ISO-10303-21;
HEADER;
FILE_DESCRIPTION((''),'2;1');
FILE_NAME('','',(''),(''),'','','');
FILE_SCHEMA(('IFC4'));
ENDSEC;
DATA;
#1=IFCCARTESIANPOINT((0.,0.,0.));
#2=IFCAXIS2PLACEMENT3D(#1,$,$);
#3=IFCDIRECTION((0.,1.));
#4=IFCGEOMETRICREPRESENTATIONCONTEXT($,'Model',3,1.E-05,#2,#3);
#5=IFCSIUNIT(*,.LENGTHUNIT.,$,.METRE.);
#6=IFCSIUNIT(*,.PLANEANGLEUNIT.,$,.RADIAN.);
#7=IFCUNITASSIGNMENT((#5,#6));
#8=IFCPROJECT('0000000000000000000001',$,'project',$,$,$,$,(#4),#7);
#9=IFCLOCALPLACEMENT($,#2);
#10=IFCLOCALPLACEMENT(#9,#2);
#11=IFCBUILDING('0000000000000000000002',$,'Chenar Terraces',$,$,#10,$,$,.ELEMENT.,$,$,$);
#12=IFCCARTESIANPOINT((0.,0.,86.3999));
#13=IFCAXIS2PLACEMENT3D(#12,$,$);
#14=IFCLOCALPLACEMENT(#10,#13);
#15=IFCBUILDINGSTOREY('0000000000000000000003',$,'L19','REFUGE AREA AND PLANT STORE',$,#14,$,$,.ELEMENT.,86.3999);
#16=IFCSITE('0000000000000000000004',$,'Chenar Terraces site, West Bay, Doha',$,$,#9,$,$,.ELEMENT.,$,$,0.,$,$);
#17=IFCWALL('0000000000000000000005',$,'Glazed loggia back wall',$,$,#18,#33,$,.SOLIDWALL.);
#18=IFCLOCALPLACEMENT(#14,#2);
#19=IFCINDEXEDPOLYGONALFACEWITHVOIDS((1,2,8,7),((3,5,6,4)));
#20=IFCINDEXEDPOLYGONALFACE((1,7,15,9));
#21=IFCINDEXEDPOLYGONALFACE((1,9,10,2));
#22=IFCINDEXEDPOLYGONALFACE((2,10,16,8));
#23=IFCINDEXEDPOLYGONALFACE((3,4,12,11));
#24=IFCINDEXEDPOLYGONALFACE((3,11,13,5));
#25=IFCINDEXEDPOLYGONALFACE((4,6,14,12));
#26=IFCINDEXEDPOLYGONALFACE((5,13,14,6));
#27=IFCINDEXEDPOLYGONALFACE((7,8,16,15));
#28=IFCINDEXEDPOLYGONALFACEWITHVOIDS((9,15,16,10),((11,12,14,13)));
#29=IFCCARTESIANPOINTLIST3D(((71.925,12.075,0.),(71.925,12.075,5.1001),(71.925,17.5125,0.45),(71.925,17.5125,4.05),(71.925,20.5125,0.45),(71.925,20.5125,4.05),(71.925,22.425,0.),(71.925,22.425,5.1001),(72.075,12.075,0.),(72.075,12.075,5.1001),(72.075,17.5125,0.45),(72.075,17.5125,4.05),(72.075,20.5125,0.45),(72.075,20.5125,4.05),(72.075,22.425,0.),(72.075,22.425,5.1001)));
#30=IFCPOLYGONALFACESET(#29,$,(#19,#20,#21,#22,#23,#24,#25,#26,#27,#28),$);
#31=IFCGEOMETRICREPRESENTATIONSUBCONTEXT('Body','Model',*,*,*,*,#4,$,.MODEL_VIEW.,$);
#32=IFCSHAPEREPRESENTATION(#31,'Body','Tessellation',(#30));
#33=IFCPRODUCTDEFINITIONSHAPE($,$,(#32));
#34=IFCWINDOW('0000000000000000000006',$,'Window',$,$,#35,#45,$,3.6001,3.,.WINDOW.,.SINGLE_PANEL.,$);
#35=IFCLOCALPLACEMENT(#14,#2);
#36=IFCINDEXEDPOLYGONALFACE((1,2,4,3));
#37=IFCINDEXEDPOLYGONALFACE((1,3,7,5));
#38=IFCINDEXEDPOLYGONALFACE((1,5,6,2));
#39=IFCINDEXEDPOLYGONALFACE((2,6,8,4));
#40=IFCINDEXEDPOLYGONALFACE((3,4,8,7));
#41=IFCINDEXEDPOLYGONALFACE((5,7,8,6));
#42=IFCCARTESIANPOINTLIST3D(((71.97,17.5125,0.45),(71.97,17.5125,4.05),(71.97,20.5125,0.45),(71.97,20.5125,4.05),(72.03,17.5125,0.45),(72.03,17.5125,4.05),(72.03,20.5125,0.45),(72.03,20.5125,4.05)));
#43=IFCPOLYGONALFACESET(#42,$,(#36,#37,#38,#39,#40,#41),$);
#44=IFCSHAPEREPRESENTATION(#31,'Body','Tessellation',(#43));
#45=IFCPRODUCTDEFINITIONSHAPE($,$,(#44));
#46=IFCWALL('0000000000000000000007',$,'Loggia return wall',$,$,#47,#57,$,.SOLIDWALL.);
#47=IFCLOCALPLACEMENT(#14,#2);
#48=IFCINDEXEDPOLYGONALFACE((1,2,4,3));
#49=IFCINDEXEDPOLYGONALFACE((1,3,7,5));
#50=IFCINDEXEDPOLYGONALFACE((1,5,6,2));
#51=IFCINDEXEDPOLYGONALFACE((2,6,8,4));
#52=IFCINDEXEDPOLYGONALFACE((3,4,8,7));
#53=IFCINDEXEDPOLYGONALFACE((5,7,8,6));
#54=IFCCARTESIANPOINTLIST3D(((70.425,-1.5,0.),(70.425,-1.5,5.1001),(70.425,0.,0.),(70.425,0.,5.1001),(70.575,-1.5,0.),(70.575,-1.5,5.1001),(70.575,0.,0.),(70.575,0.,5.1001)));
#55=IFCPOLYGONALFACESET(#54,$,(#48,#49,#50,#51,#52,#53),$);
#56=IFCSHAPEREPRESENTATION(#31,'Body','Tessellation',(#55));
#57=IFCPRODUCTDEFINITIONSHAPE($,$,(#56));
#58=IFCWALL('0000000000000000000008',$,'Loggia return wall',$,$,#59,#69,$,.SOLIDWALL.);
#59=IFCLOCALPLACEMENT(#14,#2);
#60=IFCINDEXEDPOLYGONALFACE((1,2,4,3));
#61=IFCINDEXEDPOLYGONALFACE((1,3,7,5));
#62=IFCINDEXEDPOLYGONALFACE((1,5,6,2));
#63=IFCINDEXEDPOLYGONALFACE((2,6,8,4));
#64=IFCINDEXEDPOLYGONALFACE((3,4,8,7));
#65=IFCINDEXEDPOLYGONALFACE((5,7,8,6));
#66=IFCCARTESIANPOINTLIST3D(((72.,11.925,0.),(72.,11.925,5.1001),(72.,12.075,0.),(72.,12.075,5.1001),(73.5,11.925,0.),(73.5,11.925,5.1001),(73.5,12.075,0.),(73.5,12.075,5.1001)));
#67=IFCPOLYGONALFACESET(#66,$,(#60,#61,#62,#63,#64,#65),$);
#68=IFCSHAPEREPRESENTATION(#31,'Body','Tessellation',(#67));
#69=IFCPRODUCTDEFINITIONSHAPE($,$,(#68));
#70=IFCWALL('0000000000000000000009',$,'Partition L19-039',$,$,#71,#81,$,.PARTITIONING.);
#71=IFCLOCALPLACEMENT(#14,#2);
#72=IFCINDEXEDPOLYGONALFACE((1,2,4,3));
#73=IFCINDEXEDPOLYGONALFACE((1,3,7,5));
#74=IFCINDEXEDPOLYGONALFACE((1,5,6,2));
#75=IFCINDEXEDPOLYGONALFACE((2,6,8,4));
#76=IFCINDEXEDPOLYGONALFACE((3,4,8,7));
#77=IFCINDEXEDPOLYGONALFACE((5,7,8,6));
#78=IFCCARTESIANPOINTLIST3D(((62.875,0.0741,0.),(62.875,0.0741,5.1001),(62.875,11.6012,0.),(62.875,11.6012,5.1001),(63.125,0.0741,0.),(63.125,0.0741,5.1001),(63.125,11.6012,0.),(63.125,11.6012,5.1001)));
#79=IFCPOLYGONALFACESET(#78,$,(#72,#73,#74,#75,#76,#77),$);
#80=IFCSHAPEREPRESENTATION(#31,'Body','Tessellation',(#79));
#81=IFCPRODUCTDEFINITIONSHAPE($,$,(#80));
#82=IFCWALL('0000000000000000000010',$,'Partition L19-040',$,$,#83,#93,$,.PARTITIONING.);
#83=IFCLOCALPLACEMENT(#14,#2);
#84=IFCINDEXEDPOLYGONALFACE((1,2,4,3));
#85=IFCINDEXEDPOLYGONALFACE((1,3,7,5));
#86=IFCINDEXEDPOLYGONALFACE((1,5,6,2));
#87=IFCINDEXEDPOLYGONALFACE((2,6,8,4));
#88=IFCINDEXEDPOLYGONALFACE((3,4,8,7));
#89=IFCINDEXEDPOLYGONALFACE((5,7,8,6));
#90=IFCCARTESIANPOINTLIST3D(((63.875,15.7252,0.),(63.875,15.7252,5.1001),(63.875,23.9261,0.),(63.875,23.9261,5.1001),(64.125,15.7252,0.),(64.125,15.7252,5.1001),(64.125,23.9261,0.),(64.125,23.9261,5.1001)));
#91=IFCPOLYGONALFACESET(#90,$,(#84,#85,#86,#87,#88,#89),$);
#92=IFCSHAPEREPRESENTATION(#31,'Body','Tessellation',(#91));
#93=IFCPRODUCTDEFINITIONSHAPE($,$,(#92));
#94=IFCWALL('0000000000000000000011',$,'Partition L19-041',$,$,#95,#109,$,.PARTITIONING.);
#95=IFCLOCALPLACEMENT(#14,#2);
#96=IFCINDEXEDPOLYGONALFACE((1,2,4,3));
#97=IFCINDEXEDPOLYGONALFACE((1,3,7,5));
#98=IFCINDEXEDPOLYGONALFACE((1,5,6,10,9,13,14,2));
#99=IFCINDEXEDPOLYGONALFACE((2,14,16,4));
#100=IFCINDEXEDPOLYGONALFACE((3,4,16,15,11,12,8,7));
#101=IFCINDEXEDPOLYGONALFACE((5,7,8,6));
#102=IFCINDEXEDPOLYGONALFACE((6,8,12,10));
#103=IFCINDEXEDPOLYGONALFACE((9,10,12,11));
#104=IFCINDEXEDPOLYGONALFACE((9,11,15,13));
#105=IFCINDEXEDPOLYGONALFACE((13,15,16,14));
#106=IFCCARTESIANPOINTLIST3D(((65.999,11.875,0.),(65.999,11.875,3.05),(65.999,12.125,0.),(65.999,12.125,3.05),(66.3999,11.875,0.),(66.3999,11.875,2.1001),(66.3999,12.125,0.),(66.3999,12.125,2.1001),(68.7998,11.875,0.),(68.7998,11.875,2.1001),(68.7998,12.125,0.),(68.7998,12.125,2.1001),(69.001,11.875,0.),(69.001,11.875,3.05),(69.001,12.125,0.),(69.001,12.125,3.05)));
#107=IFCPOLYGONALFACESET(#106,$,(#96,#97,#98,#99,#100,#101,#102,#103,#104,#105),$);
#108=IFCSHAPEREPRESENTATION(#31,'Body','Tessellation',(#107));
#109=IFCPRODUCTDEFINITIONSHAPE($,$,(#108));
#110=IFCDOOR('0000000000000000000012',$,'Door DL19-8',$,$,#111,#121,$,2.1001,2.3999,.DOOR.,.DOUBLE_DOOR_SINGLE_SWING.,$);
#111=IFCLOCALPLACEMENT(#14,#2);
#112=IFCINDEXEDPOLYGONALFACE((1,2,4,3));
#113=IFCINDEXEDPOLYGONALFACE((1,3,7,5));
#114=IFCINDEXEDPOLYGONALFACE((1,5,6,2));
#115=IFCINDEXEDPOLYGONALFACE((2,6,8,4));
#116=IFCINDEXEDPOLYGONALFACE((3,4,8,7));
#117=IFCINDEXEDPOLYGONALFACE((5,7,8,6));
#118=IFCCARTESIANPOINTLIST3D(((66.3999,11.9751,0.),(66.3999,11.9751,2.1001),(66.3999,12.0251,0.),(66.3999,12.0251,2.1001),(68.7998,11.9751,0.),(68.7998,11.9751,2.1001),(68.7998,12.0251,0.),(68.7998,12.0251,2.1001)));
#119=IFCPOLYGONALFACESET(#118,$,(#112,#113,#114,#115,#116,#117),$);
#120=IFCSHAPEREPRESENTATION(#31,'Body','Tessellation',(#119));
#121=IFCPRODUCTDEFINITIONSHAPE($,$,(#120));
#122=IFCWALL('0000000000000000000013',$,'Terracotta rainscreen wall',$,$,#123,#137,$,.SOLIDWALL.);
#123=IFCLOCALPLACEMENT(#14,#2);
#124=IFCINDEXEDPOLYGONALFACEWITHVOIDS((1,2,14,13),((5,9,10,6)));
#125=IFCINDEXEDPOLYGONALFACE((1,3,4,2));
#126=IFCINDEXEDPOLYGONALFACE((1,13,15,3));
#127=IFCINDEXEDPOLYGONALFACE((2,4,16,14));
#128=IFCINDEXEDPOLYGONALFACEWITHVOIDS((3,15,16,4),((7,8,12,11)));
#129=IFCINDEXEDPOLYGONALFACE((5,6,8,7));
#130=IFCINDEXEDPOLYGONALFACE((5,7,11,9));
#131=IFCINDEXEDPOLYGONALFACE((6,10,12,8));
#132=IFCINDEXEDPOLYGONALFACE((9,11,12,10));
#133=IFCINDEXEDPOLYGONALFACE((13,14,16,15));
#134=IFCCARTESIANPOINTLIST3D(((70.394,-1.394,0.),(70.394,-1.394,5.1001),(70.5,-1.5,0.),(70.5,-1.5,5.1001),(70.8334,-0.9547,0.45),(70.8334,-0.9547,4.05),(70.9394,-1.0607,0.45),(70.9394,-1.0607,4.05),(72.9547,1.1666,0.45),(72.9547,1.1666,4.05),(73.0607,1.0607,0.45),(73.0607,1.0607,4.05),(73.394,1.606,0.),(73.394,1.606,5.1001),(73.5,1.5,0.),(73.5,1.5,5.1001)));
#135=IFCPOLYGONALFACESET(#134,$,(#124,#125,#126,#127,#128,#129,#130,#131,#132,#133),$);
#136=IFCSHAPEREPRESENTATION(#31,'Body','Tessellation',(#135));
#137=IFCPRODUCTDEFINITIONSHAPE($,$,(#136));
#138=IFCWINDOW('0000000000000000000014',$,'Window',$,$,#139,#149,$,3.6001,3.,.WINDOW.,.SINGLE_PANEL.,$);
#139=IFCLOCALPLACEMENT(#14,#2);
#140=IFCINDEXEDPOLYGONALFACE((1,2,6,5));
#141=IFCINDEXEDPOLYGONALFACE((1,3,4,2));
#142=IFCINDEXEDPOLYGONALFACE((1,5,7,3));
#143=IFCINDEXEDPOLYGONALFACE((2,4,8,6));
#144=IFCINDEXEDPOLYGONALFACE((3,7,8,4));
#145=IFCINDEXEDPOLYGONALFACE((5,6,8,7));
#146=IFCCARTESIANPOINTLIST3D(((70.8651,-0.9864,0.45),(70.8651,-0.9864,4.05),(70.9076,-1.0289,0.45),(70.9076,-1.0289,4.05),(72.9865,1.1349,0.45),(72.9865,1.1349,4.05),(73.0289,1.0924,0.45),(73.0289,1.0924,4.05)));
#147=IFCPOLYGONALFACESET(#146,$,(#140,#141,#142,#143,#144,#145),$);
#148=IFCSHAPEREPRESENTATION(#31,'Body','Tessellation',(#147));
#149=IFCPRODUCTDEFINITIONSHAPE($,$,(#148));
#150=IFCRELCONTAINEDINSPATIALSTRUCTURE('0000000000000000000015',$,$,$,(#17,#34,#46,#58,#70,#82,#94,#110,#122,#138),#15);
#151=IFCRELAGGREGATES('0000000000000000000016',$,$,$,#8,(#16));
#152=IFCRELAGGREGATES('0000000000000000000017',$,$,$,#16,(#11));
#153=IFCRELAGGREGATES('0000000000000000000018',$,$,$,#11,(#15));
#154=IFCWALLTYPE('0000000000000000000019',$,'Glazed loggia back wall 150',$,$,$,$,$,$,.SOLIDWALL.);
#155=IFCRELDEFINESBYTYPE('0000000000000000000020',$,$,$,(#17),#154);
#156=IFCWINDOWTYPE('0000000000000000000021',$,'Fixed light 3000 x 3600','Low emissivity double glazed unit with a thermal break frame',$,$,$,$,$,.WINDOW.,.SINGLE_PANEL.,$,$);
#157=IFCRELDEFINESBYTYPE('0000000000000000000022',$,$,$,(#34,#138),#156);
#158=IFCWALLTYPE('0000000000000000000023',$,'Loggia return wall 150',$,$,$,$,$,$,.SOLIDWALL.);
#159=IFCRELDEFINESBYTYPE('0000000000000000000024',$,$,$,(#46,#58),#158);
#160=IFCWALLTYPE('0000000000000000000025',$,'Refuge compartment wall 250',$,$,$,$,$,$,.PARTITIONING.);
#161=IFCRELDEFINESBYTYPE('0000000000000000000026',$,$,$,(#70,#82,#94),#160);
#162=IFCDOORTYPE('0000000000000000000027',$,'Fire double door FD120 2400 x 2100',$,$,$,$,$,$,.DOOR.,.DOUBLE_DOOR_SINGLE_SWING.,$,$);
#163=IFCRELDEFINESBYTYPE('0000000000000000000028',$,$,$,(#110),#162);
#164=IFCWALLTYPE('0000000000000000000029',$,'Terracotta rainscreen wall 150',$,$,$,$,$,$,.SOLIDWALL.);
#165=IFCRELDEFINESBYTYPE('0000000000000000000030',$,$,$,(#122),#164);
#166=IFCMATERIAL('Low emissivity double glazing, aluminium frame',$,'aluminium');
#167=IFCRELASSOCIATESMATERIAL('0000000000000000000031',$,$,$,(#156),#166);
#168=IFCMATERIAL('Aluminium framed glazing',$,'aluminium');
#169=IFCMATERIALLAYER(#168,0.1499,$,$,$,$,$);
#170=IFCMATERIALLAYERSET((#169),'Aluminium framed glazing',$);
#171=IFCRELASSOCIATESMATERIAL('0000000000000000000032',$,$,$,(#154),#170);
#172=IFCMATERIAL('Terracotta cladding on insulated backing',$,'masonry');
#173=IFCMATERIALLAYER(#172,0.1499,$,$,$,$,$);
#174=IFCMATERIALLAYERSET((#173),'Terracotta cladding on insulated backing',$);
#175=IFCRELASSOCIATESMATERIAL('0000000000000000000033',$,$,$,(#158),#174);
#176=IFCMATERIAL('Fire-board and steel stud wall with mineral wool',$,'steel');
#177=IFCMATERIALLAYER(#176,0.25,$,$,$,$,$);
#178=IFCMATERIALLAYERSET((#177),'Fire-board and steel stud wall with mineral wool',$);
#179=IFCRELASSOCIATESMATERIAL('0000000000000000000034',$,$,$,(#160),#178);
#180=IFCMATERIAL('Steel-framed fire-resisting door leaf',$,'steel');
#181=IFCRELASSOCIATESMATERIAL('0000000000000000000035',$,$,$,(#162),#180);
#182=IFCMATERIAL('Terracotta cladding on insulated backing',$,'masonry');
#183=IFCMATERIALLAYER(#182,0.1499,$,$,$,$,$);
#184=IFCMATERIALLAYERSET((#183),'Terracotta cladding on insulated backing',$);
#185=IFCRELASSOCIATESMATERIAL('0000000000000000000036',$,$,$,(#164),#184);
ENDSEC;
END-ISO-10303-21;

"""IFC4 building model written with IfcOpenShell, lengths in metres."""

from ifc_helpers import new_model, si_unit, direction, frame, frame_2d, origin, place, context, subcontext, project, spatial, rectangle, extrude, material, layer, layer_set, type_object, element, fill, save


model = new_model("IFC4")

# Units and contexts
model_context = context("Model", 3, precision=1e-05, world=origin(), true_north=direction((0.0, 1.0)))
body_context = subcontext(model_context, "Body", "Model", "MODEL_VIEW")
ifc_project = project(units=[si_unit("LENGTHUNIT", "METRE"), si_unit("PLANEANGLEUNIT", "RADIAN")], contexts=[model_context])

# Site, building, storey
site_placement = place(None, origin())
site = spatial("IfcSite", under=ifc_project, at=site_placement, Name="Chenar Terraces site, West Bay, Doha", CompositionType="ELEMENT", RefElevation=0.0)
building_placement = place(site_placement, origin())
building = spatial("IfcBuilding", under=site, at=building_placement, Name="Chenar Terraces", CompositionType="ELEMENT")
storey_placement = place(building_placement, frame((0.0, 0.0, 86.3999)))
storey = spatial("IfcBuildingStorey", under=building, at=storey_placement, Name="L19", Description="REFUGE AREA AND PLANT STORE", CompositionType="ELEMENT", Elevation=86.3999)

# Shared definitions
ifc_material_1 = material(Name="Low emissivity double glazing, aluminium frame", Category="aluminium")
window_type_1 = type_object("IfcWindowType", Name="Fixed light 3000 x 3600", Description="Low emissivity double glazed unit with a thermal break frame", PartitioningType="SINGLE_PANEL", PredefinedType="WINDOW", material=ifc_material_1)

# Shared definitions
ifc_material_2 = material(Name="Aluminium framed glazing", Category="aluminium")
ifc_layer_1 = layer(ifc_material_2, 0.1499)
ifc_layer_set_1 = layer_set([ifc_layer_1], Name="Aluminium framed glazing")
wall_type_1 = type_object("IfcWallType", Name="Glazed loggia back wall 150", PredefinedType="SOLIDWALL", material=ifc_layer_set_1)

# Wall, opening, window
wall_1_placement = place(storey_placement, frame((72.0, 12.075, 0.0), z_axis=(0.0, 0.0, 1.0), x_axis=(0.0, 1.0, 0.0)))
wall_1 = element("IfcWall", 1, at=wall_1_placement, inside=storey, type_object=wall_type_1, Name="Glazed loggia back wall", PredefinedType="SOLIDWALL", context=body_context, shape_type="SweptSolid", body=[
    extrude(rectangle(XDim=10.3501, YDim=0.1499, at=frame_2d((5.175, 0.0))), origin(), (0.0, 0.0, 1.0), 5.1001),
])
opening_1_placement = place(wall_1_placement, frame((5.4375, 0.0, 0.45)))
opening_1 = element("IfcOpeningElement", 2, at=opening_1_placement, cuts=wall_1, PredefinedType="OPENING", context=body_context, shape_type="SweptSolid", body=[
    extrude(rectangle(XDim=3.0, YDim=3.6001, at=frame_2d((1.5, 1.8))), frame((0.0, 0.085, 0.0), z_axis=(0.0, -1.0, 0.0), x_axis=(1.0, 0.0, 0.0)), (0.0, 0.0, 1.0), 0.1699),
])
window_1_placement = place(opening_1_placement, origin())
window_1 = element("IfcWindow", 3, at=window_1_placement, inside=storey, type_object=window_type_1, Name="Window", OverallHeight=3.6001, OverallWidth=3.0, PartitioningType="SINGLE_PANEL", PredefinedType="WINDOW", context=body_context, shape_type="SweptSolid", body=[
    extrude(rectangle(XDim=3.0, YDim=3.6001, at=frame_2d((1.5, 1.8))), frame((0.0, 0.03, 0.0), z_axis=(0.0, -1.0, 0.0), x_axis=(1.0, 0.0, 0.0)), (0.0, 0.0, 1.0), 0.0601),
])
fill(opening_1, window_1)

# Walls
ifc_material_3 = material(Name="Terracotta cladding on insulated backing", Category="masonry")
ifc_layer_2 = layer(ifc_material_3, 0.1499)
ifc_layer_set_2 = layer_set([ifc_layer_2], Name="Terracotta cladding on insulated backing")
wall_type_2 = type_object("IfcWallType", Name="Loggia return wall 150", PredefinedType="SOLIDWALL", material=ifc_layer_set_2)
for number, where, z_axis, x_axis, name in (
    (4, (70.5, -1.5, 0.0), (0.0, 0.0, 1.0), (0.0, 1.0, 0.0), "Loggia return wall"),
    (5, (73.5, 12.0, 0.0), (0.0, 0.0, 1.0), (-1.0, 0.0, 0.0), "Loggia return wall"),
):
    element("IfcWall", number, at=place(storey_placement, frame(where, z_axis=z_axis, x_axis=x_axis)), inside=storey, type_object=wall_type_2, Name=name, PredefinedType="SOLIDWALL", context=body_context, shape_type="SweptSolid", body=[
        extrude(rectangle(XDim=1.5, YDim=0.1499, at=frame_2d((0.75, 0.0))), origin(), (0.0, 0.0, 1.0), 5.1001),
    ])
ifc_material_4 = material(Name="Fire-board and steel stud wall with mineral wool", Category="steel")
ifc_layer_3 = layer(ifc_material_4, 0.25)
ifc_layer_set_3 = layer_set([ifc_layer_3], Name="Fire-board and steel stud wall with mineral wool")
wall_type_3 = type_object("IfcWallType", Name="Refuge compartment wall 250", PredefinedType="PARTITIONING", material=ifc_layer_set_3)
wall_2_placement = place(storey_placement, frame((63.0, 0.074, 0.0), z_axis=(0.0, 0.0, 1.0), x_axis=(0.0, 1.0, 0.0)))
element("IfcWall", 6, at=wall_2_placement, inside=storey, type_object=wall_type_3, Name="Partition L19-039", PredefinedType="PARTITIONING", context=body_context, shape_type="SweptSolid", body=[
    extrude(rectangle(XDim=11.5271, YDim=0.25, at=frame_2d((5.7637, 0.0))), origin(), (0.0, 0.0, 1.0), 5.1001),
])
wall_3_placement = place(storey_placement, frame((64.0, 15.7251, 0.0), z_axis=(0.0, 0.0, 1.0), x_axis=(0.0, 1.0, 0.0)))
element("IfcWall", 7, at=wall_3_placement, inside=storey, type_object=wall_type_3, Name="Partition L19-040", PredefinedType="PARTITIONING", context=body_context, shape_type="SweptSolid", body=[
    extrude(rectangle(XDim=8.2009, YDim=0.25, at=frame_2d((4.1006, 0.0))), origin(), (0.0, 0.0, 1.0), 5.1001),
])

# Wall, opening, door
wall_4_placement = place(storey_placement, frame((65.999, 12.0, 0.0), z_axis=(0.0, 0.0, 1.0), x_axis=(1.0, 0.0, 0.0)))
wall_4 = element("IfcWall", 8, at=wall_4_placement, inside=storey, type_object=wall_type_3, Name="Partition L19-041", PredefinedType="PARTITIONING", context=body_context, shape_type="SweptSolid", body=[
    extrude(rectangle(XDim=3.002, YDim=0.25, at=frame_2d((1.501, 0.0))), origin(), (0.0, 0.0, 1.0), 3.05),
])
opening_2_placement = place(wall_4_placement, frame((0.4009, 0.0, 0.0)))
opening_2 = element("IfcOpeningElement", 9, at=opening_2_placement, cuts=wall_4, PredefinedType="OPENING", context=body_context, shape_type="SweptSolid", body=[
    extrude(rectangle(XDim=2.3999, YDim=2.1001, at=frame_2d((1.2, 1.05))), frame((0.0, 0.135, 0.0), z_axis=(0.0, -1.0, 0.0), x_axis=(1.0, 0.0, 0.0)), (0.0, 0.0, 1.0), 0.27),
])
ifc_material_5 = material(Name="Steel-framed fire-resisting door leaf", Category="steel")
door_type = type_object("IfcDoorType", Name="Fire double door FD120 2400 x 2100", OperationType="DOUBLE_DOOR_SINGLE_SWING", PredefinedType="DOOR", material=ifc_material_5)
door_placement = place(opening_2_placement, frame((2.3999, 0.0, 0.0), z_axis=(0.0, 0.0, 1.0), x_axis=(-1.0, 0.0, 0.0)))
door = element("IfcDoor", 10, at=door_placement, inside=storey, type_object=door_type, Name="Door DL19-8", OperationType="DOUBLE_DOOR_SINGLE_SWING", OverallHeight=2.1001, OverallWidth=2.3999, PredefinedType="DOOR", context=body_context, shape_type="SweptSolid", body=[
    extrude(rectangle(XDim=2.3999, YDim=2.1001, at=frame_2d((1.2, 1.05))), frame((0.0, 0.0249, 0.0), z_axis=(0.0, -1.0, 0.0), x_axis=(1.0, 0.0, 0.0)), (0.0, 0.0, 1.0), 0.05),
])
fill(opening_2, door)

# Wall, opening, window
ifc_material_6 = material(Name="Terracotta cladding on insulated backing", Category="masonry")
ifc_layer_4 = layer(ifc_material_6, 0.1499)
ifc_layer_set_4 = layer_set([ifc_layer_4], Name="Terracotta cladding on insulated backing")
wall_type_4 = type_object("IfcWallType", Name="Terracotta rainscreen wall 150", PredefinedType="SOLIDWALL", material=ifc_layer_set_4)
wall_5_placement = place(storey_placement, frame((70.447, -1.447, 0.0), z_axis=(0.0, 0.0, 1.0), x_axis=(0.707107, 0.707107, 0.0)))
wall_5 = element("IfcWall", 11, at=wall_5_placement, inside=storey, type_object=wall_type_4, Name="Terracotta rainscreen wall", PredefinedType="SOLIDWALL", context=body_context, shape_type="SweptSolid", body=[
    extrude(rectangle(XDim=4.2427, YDim=0.1499, at=frame_2d((2.1213, 0.0))), origin(), (0.0, 0.0, 1.0), 5.1001),
])
opening_3_placement = place(wall_5_placement, frame((0.6213, 0.0, 0.45)))
opening_3 = element("IfcOpeningElement", 12, at=opening_3_placement, cuts=wall_5, PredefinedType="OPENING", context=body_context, shape_type="SweptSolid", body=[
    extrude(rectangle(XDim=3.0, YDim=3.6001, at=frame_2d((1.5, 1.8))), frame((0.0, 0.085, 0.0), z_axis=(0.0, -1.0, 0.0), x_axis=(1.0, 0.0, 0.0)), (0.0, 0.0, 1.0), 0.1699),
])
window_2_placement = place(opening_3_placement, origin())
window_2 = element("IfcWindow", 13, at=window_2_placement, inside=storey, type_object=window_type_1, Name="Window", OverallHeight=3.6001, OverallWidth=3.0, PartitioningType="SINGLE_PANEL", PredefinedType="WINDOW", context=body_context, shape_type="SweptSolid", body=[
    extrude(rectangle(XDim=3.0, YDim=3.6001, at=frame_2d((1.5, 1.8))), frame((0.0, 0.03, 0.0), z_axis=(0.0, -1.0, 0.0), x_axis=(1.0, 0.0, 0.0)), (0.0, 0.0, 1.0), 0.0601),
])
fill(opening_3, window_2)

save(model, "model.ifc")
